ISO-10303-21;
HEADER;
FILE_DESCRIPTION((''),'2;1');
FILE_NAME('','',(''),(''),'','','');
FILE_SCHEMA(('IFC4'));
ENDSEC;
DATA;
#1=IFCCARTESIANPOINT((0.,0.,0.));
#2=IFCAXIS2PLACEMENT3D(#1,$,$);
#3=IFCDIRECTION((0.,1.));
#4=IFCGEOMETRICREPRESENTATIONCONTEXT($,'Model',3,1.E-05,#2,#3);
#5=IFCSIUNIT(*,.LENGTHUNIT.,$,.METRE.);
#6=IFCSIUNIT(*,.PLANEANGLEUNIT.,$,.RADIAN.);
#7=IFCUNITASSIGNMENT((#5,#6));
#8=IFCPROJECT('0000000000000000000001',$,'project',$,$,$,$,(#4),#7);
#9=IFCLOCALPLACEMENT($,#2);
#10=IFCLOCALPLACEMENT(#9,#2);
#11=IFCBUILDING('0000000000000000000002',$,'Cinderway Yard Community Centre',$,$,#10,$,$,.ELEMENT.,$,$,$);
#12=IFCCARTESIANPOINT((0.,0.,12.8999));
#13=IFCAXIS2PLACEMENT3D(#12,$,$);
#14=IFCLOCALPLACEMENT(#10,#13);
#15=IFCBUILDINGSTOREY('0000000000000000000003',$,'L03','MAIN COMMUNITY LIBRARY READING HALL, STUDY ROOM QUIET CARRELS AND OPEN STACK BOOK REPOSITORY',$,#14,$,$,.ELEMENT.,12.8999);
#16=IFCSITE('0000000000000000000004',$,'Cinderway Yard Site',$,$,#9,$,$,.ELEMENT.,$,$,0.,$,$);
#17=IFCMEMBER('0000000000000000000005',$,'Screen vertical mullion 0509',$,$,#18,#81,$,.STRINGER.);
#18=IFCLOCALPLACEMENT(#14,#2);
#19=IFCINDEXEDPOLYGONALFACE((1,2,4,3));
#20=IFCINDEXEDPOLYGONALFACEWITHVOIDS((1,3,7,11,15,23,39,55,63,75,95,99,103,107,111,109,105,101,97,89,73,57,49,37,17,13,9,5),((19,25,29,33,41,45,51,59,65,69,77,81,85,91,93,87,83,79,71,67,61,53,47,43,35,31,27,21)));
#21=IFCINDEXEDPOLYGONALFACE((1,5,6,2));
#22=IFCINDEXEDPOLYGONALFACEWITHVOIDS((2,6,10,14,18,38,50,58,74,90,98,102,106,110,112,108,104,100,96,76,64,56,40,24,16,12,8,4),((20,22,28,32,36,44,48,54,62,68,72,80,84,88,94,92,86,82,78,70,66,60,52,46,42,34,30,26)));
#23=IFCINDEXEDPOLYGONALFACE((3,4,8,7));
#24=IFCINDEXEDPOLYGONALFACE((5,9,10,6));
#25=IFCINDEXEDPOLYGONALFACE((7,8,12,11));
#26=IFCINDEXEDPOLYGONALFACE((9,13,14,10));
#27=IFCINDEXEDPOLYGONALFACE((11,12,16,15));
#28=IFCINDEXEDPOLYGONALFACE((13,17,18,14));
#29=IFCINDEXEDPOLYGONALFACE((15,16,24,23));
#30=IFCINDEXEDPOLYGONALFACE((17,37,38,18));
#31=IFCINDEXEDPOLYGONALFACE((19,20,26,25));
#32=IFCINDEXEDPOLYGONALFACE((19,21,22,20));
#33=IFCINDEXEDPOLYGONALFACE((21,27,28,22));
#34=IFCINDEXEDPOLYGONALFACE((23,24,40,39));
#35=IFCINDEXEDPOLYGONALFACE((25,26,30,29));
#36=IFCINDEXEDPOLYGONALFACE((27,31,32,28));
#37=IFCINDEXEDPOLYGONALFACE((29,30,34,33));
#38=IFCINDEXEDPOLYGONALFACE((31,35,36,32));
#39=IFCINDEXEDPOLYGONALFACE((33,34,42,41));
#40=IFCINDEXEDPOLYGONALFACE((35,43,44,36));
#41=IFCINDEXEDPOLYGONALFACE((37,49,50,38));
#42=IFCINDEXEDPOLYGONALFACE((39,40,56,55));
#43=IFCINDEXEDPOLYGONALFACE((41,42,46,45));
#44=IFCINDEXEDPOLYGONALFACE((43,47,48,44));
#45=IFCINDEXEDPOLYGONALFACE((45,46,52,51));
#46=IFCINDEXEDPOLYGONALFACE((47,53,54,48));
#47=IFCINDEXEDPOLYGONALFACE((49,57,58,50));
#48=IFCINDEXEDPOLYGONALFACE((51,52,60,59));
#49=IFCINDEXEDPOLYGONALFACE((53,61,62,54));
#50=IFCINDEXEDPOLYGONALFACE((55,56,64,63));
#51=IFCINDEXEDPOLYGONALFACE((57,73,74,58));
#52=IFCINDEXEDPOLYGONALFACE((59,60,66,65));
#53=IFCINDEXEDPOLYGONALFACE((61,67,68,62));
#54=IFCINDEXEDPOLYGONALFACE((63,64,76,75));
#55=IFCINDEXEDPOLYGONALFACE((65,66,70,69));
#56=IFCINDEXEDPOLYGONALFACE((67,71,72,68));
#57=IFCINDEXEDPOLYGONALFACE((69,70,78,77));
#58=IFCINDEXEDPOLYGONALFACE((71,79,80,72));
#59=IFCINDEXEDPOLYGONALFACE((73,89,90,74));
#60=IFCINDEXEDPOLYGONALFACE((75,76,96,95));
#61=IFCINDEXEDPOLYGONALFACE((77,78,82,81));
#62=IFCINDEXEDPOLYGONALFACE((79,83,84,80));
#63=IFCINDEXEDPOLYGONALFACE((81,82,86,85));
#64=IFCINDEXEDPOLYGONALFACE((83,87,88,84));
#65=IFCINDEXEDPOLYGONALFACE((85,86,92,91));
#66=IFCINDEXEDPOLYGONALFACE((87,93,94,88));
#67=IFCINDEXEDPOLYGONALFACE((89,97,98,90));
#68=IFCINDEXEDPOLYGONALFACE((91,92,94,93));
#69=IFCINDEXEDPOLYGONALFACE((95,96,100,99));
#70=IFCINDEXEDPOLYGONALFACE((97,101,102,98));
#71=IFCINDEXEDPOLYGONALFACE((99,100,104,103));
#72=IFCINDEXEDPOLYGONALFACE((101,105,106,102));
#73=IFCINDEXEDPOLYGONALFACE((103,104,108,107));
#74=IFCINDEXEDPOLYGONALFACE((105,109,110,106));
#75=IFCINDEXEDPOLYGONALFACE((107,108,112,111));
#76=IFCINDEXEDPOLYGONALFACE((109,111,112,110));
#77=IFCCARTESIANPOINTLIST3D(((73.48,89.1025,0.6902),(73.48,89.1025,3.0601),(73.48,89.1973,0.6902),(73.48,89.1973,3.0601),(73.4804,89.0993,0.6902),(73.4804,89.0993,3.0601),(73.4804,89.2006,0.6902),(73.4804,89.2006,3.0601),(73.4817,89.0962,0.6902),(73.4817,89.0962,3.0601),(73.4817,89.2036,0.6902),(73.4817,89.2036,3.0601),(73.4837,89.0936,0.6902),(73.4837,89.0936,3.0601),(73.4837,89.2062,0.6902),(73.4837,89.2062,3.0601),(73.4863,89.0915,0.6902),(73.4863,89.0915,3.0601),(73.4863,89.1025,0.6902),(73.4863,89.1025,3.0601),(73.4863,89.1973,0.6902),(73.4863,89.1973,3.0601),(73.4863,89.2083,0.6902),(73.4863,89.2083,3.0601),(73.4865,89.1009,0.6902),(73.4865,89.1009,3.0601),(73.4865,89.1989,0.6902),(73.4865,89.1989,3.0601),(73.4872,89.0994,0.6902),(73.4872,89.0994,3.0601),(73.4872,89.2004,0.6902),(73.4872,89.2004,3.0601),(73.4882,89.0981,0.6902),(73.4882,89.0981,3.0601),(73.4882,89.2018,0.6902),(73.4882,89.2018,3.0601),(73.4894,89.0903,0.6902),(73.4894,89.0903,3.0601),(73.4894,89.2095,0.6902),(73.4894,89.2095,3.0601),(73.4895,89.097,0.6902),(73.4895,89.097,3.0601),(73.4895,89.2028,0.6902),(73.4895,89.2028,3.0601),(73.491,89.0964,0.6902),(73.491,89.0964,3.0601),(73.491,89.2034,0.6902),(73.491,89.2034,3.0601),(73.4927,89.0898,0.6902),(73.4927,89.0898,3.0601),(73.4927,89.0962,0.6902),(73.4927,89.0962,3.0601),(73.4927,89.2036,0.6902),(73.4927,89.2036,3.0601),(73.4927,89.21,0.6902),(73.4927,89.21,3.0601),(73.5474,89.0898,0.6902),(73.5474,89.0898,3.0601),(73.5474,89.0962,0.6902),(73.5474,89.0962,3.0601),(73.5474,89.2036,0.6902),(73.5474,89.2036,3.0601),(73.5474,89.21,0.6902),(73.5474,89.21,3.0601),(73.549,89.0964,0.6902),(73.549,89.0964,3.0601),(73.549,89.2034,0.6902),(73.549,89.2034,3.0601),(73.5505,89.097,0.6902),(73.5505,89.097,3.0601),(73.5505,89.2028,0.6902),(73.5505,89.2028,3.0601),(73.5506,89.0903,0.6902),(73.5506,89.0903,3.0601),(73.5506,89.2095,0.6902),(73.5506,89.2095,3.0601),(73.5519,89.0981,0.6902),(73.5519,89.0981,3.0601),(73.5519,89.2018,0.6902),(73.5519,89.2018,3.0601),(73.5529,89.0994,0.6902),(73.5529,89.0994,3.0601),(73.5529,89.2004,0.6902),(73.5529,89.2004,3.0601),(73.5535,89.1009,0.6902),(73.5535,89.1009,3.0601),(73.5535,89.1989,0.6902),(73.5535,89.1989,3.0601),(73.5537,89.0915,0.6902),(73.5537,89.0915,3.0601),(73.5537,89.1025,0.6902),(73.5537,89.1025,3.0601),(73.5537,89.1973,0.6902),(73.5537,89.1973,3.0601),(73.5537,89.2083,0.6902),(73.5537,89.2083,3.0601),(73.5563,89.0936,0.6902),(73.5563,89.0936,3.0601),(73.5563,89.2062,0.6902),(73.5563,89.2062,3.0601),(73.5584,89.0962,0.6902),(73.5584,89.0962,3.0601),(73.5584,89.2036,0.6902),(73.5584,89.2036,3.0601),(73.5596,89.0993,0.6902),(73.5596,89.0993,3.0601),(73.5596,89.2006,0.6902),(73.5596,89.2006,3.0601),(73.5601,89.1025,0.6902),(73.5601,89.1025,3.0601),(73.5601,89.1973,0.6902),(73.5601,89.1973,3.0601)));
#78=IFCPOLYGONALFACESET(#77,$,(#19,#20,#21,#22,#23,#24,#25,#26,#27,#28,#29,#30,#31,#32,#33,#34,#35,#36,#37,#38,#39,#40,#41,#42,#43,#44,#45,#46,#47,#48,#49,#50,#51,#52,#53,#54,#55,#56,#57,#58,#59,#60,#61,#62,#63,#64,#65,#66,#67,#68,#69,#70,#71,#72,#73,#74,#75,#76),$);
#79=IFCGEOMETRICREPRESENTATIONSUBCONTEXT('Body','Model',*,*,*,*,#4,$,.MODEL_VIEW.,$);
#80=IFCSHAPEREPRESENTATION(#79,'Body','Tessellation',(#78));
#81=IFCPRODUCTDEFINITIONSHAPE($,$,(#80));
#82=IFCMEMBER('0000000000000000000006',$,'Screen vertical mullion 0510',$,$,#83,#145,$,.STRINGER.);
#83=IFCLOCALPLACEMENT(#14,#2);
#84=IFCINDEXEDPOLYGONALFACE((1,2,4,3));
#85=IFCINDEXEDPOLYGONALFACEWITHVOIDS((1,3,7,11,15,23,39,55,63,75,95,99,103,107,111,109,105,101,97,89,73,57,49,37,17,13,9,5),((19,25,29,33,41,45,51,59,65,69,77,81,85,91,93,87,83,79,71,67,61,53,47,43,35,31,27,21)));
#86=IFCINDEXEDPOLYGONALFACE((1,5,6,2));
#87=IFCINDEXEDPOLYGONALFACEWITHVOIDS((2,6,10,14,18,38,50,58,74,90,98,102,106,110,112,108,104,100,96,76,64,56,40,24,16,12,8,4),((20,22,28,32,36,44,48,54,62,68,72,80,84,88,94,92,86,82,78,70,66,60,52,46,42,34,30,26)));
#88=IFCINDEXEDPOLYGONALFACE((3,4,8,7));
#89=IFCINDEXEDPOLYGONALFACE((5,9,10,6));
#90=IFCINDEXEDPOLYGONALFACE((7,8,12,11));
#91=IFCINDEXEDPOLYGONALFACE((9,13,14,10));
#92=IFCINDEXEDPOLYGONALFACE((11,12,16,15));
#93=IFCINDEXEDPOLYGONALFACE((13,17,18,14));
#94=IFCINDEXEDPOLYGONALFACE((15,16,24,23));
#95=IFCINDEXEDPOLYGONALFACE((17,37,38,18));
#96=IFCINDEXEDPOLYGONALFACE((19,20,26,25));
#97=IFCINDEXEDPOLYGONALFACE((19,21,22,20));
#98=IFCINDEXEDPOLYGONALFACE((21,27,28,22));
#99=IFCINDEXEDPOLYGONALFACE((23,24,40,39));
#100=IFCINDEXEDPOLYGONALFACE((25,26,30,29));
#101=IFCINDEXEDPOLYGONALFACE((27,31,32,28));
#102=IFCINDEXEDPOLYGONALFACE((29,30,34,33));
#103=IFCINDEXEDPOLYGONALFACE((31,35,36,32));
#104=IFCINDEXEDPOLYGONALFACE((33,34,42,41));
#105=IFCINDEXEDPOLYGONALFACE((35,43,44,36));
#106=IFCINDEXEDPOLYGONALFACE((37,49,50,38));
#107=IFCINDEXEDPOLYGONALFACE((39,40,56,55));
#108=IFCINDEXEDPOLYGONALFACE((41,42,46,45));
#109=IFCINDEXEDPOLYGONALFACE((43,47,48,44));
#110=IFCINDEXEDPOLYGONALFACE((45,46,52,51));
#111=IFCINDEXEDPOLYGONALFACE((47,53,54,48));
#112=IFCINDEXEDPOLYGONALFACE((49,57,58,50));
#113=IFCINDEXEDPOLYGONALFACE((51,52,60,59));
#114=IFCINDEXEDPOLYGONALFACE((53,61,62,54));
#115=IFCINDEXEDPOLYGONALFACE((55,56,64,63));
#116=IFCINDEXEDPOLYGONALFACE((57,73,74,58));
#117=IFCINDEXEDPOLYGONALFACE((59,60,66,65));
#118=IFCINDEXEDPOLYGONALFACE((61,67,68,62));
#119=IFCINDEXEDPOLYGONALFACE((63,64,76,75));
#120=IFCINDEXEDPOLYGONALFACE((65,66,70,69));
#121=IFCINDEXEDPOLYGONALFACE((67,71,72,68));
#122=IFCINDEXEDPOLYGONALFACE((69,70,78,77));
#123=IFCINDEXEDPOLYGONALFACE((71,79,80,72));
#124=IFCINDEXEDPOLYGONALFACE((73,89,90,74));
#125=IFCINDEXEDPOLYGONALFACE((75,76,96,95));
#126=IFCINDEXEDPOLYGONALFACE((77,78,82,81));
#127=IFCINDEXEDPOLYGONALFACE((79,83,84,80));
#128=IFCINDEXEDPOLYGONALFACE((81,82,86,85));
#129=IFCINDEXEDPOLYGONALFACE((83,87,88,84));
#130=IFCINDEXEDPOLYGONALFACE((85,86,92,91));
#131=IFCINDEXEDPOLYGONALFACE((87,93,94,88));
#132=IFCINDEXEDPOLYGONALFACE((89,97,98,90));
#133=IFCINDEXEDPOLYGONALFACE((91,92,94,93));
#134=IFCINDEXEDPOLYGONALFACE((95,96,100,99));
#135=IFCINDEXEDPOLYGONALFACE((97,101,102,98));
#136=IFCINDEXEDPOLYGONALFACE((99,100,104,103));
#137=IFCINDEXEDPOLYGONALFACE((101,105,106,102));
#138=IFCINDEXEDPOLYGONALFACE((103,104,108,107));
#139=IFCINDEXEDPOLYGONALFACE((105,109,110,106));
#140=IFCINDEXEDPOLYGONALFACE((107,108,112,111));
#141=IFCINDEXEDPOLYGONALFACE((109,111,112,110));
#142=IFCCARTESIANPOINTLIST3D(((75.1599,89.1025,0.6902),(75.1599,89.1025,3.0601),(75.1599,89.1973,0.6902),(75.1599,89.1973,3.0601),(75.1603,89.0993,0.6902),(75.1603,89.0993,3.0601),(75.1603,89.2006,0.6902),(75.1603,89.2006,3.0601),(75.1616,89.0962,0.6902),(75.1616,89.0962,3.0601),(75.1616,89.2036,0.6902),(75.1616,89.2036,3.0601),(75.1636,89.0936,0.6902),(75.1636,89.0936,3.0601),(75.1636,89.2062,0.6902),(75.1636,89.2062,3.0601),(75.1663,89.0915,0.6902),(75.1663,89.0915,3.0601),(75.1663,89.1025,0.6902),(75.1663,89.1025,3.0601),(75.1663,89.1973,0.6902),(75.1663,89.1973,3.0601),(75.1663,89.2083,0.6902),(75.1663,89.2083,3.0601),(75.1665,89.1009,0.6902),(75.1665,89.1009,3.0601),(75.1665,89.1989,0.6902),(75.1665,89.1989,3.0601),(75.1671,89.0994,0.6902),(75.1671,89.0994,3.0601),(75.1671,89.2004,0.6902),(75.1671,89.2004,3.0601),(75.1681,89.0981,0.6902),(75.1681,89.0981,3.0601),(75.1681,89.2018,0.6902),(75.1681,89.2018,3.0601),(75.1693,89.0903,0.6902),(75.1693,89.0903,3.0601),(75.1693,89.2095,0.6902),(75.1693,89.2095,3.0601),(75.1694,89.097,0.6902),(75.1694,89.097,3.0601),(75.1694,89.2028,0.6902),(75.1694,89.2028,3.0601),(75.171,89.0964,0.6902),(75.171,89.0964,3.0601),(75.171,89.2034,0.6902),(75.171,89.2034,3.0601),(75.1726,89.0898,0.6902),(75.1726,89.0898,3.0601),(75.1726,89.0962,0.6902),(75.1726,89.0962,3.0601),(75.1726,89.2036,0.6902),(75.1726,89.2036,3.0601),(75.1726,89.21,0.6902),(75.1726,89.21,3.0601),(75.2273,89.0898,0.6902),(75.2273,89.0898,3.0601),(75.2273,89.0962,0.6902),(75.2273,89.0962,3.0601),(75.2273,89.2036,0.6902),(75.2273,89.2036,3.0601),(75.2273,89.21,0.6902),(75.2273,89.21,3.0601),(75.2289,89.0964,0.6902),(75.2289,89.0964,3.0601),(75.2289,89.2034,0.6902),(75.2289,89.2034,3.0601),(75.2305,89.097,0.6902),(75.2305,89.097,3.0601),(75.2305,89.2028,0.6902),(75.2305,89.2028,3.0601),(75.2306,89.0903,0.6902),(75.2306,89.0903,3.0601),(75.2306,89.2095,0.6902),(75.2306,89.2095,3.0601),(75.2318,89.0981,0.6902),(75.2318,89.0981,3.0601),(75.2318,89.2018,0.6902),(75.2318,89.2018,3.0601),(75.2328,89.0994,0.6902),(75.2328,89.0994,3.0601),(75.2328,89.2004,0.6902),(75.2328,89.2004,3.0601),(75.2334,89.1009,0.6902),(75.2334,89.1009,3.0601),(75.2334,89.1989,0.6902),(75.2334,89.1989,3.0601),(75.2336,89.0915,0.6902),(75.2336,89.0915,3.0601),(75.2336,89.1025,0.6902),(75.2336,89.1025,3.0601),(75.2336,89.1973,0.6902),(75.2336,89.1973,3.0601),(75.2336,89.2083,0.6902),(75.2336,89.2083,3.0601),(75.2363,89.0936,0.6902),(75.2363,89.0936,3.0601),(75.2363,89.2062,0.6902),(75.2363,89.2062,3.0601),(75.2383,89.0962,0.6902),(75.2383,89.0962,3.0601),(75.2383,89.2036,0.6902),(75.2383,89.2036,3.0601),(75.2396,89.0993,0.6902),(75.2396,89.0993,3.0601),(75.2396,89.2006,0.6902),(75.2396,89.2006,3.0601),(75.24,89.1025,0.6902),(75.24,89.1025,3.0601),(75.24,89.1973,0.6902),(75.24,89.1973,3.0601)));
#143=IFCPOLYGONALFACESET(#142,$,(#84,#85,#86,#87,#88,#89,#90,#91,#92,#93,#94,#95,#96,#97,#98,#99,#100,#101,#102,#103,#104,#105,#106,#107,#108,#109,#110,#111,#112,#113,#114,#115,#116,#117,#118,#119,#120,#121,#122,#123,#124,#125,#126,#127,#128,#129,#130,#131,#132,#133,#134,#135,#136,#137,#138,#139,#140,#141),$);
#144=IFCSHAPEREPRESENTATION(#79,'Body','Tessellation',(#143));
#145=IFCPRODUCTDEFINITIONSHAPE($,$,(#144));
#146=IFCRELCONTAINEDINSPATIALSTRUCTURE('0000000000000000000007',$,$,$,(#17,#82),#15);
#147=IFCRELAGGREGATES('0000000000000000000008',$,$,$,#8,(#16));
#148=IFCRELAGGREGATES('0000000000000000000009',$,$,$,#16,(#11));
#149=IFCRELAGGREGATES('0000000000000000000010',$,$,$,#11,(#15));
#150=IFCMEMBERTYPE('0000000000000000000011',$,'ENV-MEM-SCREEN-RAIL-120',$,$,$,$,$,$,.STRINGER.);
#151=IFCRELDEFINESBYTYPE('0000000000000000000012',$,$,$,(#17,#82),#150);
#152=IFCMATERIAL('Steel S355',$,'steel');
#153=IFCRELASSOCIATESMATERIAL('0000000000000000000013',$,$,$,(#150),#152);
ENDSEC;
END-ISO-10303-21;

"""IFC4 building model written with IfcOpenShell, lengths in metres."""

from ifc_helpers import new_model, si_unit, direction, frame, origin, origin_2d, place, context, subcontext, project, spatial, hollow_rectangle, extrude, material, material_profile, profile_set, type_object, element, save


model = new_model("IFC4")

# Units and contexts
model_context = context("Model", 3, precision=1e-05, world=origin(), true_north=direction((0.0, 1.0)))
body_context = subcontext(model_context, "Body", "Model", "MODEL_VIEW")
ifc_project = project(units=[si_unit("LENGTHUNIT", "METRE"), si_unit("PLANEANGLEUNIT", "RADIAN")], contexts=[model_context])

# Site, building, storey
site_placement = place(None, origin())
site = spatial("IfcSite", under=ifc_project, at=site_placement, Name="Cinderway Yard Site", CompositionType="ELEMENT", RefElevation=0.0)
building_placement = place(site_placement, origin())
building = spatial("IfcBuilding", under=site, at=building_placement, Name="Cinderway Yard Community Centre", CompositionType="ELEMENT")
storey_placement = place(building_placement, frame((0.0, 0.0, 12.8999)))
storey = spatial("IfcBuildingStorey", under=building, at=storey_placement, Name="L03", Description="MAIN COMMUNITY LIBRARY READING HALL, STUDY ROOM QUIET CARRELS AND OPEN STACK BOOK REPOSITORY", CompositionType="ELEMENT", Elevation=12.8999)

# Members
ifc_material_1 = material(Name="Steel S355", Category="steel")
ifc_material_profile = material_profile(ifc_material_1, hollow_rectangle(XDim=0.0801, YDim=0.1201, WallThickness=0.0063, InnerFilletRadius=0.0063, OuterFilletRadius=0.0127, at=origin_2d()), Name="Steel S355")
ifc_profile_set = profile_set([ifc_material_profile], Name="Steel S355")
member_type = type_object("IfcMemberType", Name="ENV-MEM-SCREEN-RAIL-120", PredefinedType="STRINGER", material=ifc_profile_set)
for number, where, z_axis, x_axis, name in (
    (1, (73.52, 89.1499, 0.6902), (0.0, 0.0, 1.0), (1.0, 0.0, 0.0), "Screen vertical mullion 0509"),
    (2, (75.2, 89.1499, 0.6902), (0.0, 0.0, 1.0), (1.0, 0.0, 0.0), "Screen vertical mullion 0510"),
):
    element("IfcMember", number, at=place(storey_placement, frame(where, z_axis=z_axis, x_axis=x_axis)), inside=storey, type_object=member_type, Name=name, PredefinedType="STRINGER", context=body_context, shape_type="SweptSolid", body=[
        extrude(hollow_rectangle(XDim=0.0801, YDim=0.1201, WallThickness=0.0063, InnerFilletRadius=0.0063, OuterFilletRadius=0.0127, at=origin_2d()), origin(), (0.0, 0.0, 1.0), 2.3699),
    ])

save(model, "model.ifc")
